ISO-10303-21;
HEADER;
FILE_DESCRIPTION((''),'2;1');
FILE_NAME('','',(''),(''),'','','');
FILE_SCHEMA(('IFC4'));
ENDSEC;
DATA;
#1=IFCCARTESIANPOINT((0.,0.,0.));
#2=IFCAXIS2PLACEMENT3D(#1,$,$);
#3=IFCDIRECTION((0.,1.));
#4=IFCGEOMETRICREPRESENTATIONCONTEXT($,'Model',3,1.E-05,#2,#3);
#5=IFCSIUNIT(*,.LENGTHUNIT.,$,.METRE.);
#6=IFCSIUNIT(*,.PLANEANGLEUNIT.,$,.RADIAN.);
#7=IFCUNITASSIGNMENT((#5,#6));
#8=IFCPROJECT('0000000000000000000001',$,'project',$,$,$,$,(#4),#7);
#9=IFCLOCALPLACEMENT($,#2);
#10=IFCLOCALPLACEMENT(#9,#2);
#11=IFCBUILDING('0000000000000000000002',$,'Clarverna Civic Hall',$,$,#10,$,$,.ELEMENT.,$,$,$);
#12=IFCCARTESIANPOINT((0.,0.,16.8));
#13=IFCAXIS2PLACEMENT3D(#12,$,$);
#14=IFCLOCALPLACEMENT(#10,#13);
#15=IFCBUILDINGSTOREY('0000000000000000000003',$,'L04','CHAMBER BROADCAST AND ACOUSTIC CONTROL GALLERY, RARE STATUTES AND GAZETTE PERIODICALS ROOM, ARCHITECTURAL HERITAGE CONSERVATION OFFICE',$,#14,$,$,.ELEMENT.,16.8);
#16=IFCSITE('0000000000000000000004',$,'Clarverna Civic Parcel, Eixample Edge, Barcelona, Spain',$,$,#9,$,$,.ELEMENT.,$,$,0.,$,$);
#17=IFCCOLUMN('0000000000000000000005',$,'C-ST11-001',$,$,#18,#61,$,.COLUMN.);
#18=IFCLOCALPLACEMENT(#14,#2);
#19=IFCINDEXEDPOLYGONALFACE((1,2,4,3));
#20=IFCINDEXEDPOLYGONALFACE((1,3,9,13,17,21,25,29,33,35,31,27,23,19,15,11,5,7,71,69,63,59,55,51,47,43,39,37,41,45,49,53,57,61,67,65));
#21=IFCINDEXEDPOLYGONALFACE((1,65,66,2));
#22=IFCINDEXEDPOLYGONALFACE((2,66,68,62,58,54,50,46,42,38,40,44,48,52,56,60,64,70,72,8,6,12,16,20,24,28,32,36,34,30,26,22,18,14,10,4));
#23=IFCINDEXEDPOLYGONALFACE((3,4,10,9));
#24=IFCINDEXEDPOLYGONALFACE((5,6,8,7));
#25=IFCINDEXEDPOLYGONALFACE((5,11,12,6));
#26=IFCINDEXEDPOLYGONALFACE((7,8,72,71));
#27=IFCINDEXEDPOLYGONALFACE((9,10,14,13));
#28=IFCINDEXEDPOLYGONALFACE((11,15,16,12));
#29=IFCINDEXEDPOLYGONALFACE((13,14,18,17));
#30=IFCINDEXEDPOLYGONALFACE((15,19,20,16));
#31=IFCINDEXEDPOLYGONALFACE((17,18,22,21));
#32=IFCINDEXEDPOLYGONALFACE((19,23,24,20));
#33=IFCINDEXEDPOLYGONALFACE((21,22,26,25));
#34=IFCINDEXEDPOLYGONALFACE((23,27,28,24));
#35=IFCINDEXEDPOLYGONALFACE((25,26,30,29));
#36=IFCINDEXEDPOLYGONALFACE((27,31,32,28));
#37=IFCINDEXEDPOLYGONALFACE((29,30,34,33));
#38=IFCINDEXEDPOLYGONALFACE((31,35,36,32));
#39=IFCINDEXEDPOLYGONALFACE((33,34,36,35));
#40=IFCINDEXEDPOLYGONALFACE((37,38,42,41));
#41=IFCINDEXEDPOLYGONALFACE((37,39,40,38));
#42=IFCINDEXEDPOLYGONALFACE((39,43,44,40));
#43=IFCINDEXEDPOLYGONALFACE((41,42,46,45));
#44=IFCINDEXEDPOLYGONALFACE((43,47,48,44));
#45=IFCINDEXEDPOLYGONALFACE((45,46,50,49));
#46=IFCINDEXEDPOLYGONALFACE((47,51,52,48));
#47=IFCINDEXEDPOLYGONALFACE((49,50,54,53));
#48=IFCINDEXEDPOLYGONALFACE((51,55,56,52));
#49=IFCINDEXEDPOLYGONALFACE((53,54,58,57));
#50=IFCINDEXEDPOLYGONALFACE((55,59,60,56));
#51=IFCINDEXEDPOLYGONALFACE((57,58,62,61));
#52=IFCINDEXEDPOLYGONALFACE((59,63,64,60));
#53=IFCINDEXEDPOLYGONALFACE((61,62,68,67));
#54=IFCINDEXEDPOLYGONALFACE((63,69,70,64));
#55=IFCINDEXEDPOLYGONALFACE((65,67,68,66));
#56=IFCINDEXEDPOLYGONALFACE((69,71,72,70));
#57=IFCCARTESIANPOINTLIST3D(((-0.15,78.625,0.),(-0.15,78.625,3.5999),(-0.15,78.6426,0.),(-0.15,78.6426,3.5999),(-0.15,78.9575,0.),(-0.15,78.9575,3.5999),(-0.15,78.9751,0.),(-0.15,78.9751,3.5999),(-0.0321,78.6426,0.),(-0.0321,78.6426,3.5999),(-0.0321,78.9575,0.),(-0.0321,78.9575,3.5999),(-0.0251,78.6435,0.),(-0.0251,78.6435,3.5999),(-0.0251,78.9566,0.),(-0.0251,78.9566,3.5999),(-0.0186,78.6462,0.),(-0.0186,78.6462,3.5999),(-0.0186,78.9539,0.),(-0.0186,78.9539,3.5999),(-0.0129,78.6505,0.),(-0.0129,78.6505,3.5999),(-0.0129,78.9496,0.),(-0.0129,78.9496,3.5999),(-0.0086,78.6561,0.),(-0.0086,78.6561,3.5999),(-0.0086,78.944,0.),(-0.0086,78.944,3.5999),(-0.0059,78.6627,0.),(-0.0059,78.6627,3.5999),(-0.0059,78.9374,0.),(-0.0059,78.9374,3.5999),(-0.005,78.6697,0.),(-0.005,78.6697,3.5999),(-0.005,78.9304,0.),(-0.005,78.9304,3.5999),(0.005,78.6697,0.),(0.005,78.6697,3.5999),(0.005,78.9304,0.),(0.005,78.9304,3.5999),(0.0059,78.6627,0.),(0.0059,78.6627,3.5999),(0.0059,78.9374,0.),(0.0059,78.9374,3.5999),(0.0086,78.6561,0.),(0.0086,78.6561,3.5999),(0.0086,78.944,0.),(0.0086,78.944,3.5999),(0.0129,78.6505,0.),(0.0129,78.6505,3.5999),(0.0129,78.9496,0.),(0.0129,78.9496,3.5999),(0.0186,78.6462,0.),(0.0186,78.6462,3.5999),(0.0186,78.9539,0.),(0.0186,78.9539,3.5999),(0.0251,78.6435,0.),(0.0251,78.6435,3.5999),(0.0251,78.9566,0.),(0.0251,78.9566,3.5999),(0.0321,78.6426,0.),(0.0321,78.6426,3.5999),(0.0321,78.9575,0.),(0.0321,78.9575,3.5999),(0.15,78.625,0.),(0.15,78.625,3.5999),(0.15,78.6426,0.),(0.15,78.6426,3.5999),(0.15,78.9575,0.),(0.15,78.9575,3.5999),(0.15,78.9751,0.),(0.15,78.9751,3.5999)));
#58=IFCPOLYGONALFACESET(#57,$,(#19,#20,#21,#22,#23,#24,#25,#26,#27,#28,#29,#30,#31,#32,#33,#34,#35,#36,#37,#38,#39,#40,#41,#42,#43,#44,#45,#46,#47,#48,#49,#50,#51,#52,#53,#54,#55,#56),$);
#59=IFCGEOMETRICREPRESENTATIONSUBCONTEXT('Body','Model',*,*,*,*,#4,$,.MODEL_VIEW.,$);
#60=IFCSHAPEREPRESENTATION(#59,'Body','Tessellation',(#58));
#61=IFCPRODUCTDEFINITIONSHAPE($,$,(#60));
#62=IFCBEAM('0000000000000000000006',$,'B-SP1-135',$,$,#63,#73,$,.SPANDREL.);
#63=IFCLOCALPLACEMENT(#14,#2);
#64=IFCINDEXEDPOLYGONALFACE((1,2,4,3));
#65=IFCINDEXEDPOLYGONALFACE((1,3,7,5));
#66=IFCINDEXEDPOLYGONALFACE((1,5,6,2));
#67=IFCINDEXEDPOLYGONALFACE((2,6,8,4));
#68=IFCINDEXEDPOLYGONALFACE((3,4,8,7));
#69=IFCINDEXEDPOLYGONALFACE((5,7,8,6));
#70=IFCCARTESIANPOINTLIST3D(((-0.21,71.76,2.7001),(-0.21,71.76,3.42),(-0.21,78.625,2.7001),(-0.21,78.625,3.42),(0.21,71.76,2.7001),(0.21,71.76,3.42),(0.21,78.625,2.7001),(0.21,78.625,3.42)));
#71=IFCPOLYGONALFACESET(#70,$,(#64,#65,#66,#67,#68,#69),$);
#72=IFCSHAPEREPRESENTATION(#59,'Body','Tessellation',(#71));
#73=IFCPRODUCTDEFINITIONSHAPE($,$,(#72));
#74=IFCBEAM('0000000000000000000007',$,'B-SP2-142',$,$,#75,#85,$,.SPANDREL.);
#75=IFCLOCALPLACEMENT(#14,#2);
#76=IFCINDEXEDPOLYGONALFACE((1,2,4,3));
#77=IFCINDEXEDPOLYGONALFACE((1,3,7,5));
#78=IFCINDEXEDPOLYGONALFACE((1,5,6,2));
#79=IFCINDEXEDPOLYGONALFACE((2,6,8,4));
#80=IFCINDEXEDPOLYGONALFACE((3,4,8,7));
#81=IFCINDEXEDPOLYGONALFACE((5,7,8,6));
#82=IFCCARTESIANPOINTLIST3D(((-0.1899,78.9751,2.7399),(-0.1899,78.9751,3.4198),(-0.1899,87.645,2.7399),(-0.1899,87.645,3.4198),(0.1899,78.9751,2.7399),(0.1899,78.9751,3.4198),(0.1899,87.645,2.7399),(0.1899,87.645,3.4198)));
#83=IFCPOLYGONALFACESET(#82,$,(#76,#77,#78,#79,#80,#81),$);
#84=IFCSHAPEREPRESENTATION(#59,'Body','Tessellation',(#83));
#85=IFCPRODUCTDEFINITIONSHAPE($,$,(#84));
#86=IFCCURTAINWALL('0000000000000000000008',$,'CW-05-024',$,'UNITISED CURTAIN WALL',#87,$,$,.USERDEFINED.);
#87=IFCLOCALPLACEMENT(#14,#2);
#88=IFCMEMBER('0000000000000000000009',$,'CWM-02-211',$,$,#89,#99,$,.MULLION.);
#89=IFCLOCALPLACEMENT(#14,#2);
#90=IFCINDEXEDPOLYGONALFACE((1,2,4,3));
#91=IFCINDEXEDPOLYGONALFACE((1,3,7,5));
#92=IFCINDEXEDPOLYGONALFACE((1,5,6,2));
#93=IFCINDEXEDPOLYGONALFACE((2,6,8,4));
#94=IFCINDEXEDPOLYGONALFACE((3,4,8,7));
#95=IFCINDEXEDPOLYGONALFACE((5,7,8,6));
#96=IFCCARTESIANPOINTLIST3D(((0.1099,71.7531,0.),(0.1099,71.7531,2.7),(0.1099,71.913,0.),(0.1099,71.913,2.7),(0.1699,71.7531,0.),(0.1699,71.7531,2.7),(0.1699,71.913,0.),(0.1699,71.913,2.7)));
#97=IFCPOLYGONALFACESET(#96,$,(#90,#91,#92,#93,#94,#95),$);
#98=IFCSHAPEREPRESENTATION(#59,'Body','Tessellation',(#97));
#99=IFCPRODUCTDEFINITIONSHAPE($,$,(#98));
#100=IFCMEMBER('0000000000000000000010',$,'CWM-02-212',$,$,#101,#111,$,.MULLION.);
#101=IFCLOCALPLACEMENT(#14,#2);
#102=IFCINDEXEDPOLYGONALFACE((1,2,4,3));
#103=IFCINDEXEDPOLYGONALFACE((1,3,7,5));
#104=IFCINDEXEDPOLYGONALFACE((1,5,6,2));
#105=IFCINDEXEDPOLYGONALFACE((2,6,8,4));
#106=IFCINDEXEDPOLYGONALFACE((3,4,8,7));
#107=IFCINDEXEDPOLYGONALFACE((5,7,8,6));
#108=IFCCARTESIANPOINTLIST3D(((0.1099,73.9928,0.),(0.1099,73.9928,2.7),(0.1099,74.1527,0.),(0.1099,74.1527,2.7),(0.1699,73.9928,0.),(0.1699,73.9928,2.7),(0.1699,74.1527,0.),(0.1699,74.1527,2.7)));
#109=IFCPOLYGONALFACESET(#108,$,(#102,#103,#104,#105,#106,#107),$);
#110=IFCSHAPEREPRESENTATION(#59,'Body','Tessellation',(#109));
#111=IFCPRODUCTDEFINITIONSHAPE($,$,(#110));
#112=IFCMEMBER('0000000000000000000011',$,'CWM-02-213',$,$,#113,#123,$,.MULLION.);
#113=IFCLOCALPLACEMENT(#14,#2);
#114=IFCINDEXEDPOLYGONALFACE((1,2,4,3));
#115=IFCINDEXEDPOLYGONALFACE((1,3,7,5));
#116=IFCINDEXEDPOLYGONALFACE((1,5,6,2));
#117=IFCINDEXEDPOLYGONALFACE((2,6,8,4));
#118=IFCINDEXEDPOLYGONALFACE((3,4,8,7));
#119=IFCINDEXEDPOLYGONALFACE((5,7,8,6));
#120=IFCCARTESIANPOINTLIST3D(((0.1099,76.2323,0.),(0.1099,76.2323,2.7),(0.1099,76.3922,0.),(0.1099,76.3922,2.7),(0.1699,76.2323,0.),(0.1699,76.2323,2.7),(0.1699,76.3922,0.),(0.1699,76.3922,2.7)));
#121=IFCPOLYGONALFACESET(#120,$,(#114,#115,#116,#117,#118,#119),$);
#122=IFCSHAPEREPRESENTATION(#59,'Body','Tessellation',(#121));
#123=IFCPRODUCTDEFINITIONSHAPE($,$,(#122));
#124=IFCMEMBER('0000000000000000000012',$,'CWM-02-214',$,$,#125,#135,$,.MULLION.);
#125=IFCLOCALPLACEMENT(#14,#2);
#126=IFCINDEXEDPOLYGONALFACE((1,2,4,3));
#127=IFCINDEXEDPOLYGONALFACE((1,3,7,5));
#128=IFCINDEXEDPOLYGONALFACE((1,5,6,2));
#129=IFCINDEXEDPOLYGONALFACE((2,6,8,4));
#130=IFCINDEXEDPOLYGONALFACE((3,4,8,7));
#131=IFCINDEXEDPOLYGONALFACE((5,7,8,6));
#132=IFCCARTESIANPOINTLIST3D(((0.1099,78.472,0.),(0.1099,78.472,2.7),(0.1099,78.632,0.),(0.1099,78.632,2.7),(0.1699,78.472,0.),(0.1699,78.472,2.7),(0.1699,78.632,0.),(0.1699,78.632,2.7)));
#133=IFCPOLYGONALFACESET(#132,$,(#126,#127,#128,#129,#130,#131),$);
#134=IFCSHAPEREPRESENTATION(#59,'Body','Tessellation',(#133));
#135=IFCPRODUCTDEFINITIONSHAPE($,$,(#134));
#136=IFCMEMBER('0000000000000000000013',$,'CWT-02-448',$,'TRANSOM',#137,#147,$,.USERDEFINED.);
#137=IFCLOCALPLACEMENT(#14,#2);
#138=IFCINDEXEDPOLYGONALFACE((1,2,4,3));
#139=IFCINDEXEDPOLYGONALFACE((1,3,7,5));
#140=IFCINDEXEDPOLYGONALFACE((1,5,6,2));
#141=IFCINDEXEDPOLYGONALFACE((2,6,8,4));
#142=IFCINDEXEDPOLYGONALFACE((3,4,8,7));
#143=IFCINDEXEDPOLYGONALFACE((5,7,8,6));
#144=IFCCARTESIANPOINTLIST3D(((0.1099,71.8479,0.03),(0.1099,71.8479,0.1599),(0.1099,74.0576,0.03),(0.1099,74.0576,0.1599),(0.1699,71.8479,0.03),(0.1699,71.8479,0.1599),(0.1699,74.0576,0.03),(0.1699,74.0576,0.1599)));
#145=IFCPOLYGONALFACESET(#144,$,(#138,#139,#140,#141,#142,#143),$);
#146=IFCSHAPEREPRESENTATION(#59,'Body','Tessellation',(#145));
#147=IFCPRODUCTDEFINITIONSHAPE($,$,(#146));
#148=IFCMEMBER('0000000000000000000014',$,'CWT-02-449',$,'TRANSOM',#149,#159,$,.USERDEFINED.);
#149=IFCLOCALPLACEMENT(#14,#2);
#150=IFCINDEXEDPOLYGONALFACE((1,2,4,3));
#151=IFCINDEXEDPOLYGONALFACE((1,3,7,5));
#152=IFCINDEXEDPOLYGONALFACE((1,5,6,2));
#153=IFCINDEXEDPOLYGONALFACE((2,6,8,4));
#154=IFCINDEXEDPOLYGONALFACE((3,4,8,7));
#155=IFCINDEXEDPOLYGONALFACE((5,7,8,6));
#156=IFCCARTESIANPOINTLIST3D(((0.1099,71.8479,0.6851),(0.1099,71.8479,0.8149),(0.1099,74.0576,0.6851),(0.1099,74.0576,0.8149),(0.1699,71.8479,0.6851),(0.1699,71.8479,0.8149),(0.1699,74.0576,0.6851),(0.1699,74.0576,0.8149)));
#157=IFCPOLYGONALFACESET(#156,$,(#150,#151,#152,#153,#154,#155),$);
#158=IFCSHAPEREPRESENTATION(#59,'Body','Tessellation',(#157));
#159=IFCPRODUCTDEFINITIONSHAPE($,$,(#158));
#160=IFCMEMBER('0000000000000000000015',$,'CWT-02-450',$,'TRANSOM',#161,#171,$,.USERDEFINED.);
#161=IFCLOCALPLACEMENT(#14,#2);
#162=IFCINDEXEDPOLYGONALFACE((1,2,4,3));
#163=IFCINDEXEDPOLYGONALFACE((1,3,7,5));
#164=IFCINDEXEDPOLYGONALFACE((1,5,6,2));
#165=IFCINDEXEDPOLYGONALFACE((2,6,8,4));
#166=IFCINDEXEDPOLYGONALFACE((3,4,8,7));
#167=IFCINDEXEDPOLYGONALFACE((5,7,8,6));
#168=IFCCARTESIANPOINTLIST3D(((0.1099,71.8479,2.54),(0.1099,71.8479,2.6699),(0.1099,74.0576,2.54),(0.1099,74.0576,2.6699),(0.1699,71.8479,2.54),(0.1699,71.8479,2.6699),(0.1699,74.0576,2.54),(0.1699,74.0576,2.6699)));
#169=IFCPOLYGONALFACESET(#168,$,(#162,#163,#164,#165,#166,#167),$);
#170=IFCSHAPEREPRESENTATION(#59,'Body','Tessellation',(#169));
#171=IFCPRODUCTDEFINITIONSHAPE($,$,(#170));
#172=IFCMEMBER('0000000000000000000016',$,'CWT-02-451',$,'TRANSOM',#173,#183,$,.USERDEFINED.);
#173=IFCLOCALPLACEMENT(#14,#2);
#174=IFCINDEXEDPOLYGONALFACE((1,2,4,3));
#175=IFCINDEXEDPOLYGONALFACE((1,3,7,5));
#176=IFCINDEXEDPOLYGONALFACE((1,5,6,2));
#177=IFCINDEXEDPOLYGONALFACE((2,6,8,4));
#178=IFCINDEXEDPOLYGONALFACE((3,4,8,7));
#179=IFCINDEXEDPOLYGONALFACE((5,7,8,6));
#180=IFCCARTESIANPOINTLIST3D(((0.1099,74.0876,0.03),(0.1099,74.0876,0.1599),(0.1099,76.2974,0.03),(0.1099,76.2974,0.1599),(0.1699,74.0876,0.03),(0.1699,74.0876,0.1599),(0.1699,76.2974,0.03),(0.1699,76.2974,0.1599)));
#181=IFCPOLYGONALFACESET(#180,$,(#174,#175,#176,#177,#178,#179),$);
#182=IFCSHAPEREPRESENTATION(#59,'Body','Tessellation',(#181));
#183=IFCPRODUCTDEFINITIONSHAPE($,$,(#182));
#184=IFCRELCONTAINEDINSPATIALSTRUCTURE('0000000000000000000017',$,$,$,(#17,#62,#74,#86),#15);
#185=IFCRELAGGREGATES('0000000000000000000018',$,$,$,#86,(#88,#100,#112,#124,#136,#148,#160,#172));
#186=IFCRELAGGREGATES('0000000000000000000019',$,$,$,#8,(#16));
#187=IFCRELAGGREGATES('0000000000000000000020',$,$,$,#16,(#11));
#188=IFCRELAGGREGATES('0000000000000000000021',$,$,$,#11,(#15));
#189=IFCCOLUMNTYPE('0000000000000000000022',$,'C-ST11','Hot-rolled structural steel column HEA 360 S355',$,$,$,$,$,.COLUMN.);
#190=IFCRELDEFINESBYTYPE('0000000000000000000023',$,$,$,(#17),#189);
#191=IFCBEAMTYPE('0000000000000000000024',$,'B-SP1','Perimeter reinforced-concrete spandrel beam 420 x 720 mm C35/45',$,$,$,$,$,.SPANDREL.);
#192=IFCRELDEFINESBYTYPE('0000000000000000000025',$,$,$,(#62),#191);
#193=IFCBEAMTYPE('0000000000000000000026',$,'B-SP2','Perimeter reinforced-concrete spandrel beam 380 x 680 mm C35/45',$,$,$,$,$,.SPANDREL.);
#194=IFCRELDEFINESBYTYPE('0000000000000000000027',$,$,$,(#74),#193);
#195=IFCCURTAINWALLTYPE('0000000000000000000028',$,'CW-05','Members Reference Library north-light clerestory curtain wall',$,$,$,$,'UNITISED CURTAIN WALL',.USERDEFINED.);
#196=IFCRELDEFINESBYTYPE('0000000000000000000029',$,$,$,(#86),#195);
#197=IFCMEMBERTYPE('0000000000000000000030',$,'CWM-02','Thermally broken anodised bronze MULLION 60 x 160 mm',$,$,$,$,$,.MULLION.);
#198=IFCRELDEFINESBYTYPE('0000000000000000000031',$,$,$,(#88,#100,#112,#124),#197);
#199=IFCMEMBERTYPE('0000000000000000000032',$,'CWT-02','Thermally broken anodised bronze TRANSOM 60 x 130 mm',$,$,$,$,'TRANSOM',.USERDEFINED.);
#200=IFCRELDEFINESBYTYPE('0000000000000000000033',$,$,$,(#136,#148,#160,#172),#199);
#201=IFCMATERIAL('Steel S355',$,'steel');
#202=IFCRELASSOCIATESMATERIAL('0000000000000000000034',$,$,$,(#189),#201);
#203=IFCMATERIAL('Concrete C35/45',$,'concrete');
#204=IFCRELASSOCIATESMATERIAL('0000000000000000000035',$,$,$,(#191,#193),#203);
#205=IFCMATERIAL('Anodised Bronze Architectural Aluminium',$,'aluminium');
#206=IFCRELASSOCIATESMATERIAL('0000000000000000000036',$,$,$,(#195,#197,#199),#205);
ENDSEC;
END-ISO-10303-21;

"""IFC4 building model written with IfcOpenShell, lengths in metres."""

from ifc_helpers import new_model, si_unit, direction, frame, origin, origin_2d, place, context, subcontext, project, spatial, rectangle, i_section, extrude, material, material_profile, profile_set, type_object, element, aggregate, save


model = new_model("IFC4")

# Units and contexts
model_context = context("Model", 3, precision=1e-05, world=origin(), true_north=direction((0.0, 1.0)))
body_context = subcontext(model_context, "Body", "Model", "MODEL_VIEW")
ifc_project = project(units=[si_unit("LENGTHUNIT", "METRE"), si_unit("PLANEANGLEUNIT", "RADIAN")], contexts=[model_context])

# Site, building, storey
site_placement = place(None, origin())
site = spatial("IfcSite", under=ifc_project, at=site_placement, Name="Clarverna Civic Parcel, Eixample Edge, Barcelona, Spain", CompositionType="ELEMENT", RefElevation=0.0)
building_placement = place(site_placement, origin())
building = spatial("IfcBuilding", under=site, at=building_placement, Name="Clarverna Civic Hall", CompositionType="ELEMENT")
storey_placement = place(building_placement, frame((0.0, 0.0, 16.8)))
storey = spatial("IfcBuildingStorey", under=building, at=storey_placement, Name="L04", Description="CHAMBER BROADCAST AND ACOUSTIC CONTROL GALLERY, RARE STATUTES AND GAZETTE PERIODICALS ROOM, ARCHITECTURAL HERITAGE CONSERVATION OFFICE", CompositionType="ELEMENT", Elevation=16.8)

# Column
ifc_material_1 = material(Name="Steel S355", Category="steel")
ifc_material_profile_1 = material_profile(ifc_material_1, i_section(OverallWidth=0.3, OverallDepth=0.3501, WebThickness=0.01, FlangeThickness=0.0176, FilletRadius=0.0271, at=origin_2d()), Name="HEA 360")
ifc_profile_set_1 = profile_set([ifc_material_profile_1], Name="Steel S355")
column_type = type_object("IfcColumnType", Name="C-ST11", Description="Hot-rolled structural steel column HEA 360 S355", PredefinedType="COLUMN", material=ifc_profile_set_1)
column_placement = place(storey_placement, frame((0.0, 78.8, 0.0), z_axis=(0.0, 0.0, 1.0), x_axis=(1.0, 0.0, 0.0)))
element("IfcColumn", 1, at=column_placement, inside=storey, type_object=column_type, Name="C-ST11-001", PredefinedType="COLUMN", context=body_context, shape_type="SweptSolid", body=[
    extrude(i_section(OverallWidth=0.3, OverallDepth=0.3501, WebThickness=0.01, FlangeThickness=0.0176, FilletRadius=0.0271, at=origin_2d()), origin(), (0.0, 0.0, 1.0), 3.5999),
])

# Beams
ifc_material_2 = material(Name="Concrete C35/45", Category="concrete")
ifc_material_profile_2 = material_profile(ifc_material_2, rectangle(XDim=0.4199, YDim=0.72, at=origin_2d()), Name="RC 420x720")
ifc_profile_set_2 = profile_set([ifc_material_profile_2], Name="Concrete C35/45")
beam_type_1 = type_object("IfcBeamType", Name="B-SP1", Description="Perimeter reinforced-concrete spandrel beam 420 x 720 mm C35/45", PredefinedType="SPANDREL", material=ifc_profile_set_2)
beam_1_placement = place(storey_placement, frame((0.0, 71.76, 3.0601), z_axis=(0.0, 1.0, 0.0), x_axis=(-1.0, 0.0, 0.0)))
element("IfcBeam", 2, at=beam_1_placement, inside=storey, type_object=beam_type_1, Name="B-SP1-135", PredefinedType="SPANDREL", context=body_context, shape_type="SweptSolid", body=[
    extrude(rectangle(XDim=0.4199, YDim=0.72, at=origin_2d()), origin(), (0.0, 0.0, 1.0), 6.865),
])
ifc_material_profile_3 = material_profile(ifc_material_2, rectangle(XDim=0.3799, YDim=0.6799, at=origin_2d()), Name="RC 380x680")
ifc_profile_set_3 = profile_set([ifc_material_profile_3], Name="Concrete C35/45")
beam_type_2 = type_object("IfcBeamType", Name="B-SP2", Description="Perimeter reinforced-concrete spandrel beam 380 x 680 mm C35/45", PredefinedType="SPANDREL", material=ifc_profile_set_3)
beam_2_placement = place(storey_placement, frame((0.0, 78.9751, 3.0798), z_axis=(0.0, 1.0, 0.0), x_axis=(-1.0, 0.0, 0.0)))
element("IfcBeam", 3, at=beam_2_placement, inside=storey, type_object=beam_type_2, Name="B-SP2-142", PredefinedType="SPANDREL", context=body_context, shape_type="SweptSolid", body=[
    extrude(rectangle(XDim=0.3799, YDim=0.6799, at=origin_2d()), origin(), (0.0, 0.0, 1.0), 8.6699),
])

# Curtain wall, members
ifc_material_3 = material(Name="Anodised Bronze Architectural Aluminium", Category="aluminium")
curtain_wall_type = type_object("IfcCurtainWallType", Name="CW-05", Description="Members Reference Library north-light clerestory curtain wall", ElementType="UNITISED CURTAIN WALL", PredefinedType="USERDEFINED", material=ifc_material_3)
curtain_wall_placement = place(storey_placement, origin())
curtain_wall = element("IfcCurtainWall", 4, at=curtain_wall_placement, inside=storey, type_object=curtain_wall_type, Name="CW-05-024", ObjectType="UNITISED CURTAIN WALL", PredefinedType="USERDEFINED")
ifc_material_profile_4 = material_profile(ifc_material_3, rectangle(XDim=0.0601, YDim=0.1599, at=origin_2d()), Name="BRONZE 60x160")
ifc_profile_set_4 = profile_set([ifc_material_profile_4], Name="Anodised Bronze Architectural Aluminium")
member_type_1 = type_object("IfcMemberType", Name="CWM-02", Description="Thermally broken anodised bronze MULLION 60 x 160 mm", PredefinedType="MULLION", material=ifc_profile_set_4)
member_1_placement = place(storey_placement, frame((0.1399, 71.833, 0.0), z_axis=(0.0, 0.0, 1.0), x_axis=(1.0, 0.0, 0.0)))
member_1 = element("IfcMember", 5, at=member_1_placement, type_object=member_type_1, Name="CWM-02-211", PredefinedType="MULLION", context=body_context, shape_type="SweptSolid", body=[
    extrude(rectangle(XDim=0.0601, YDim=0.1599, at=origin_2d()), origin(), (0.0, 0.0, 1.0), 2.7),
])
member_2_placement = place(storey_placement, frame((0.1399, 74.0728, 0.0), z_axis=(0.0, 0.0, 1.0), x_axis=(1.0, 0.0, 0.0)))
member_2 = element("IfcMember", 6, at=member_2_placement, type_object=member_type_1, Name="CWM-02-212", PredefinedType="MULLION", context=body_context, shape_type="SweptSolid", body=[
    extrude(rectangle(XDim=0.0601, YDim=0.1599, at=origin_2d()), origin(), (0.0, 0.0, 1.0), 2.7),
])
member_3_placement = place(storey_placement, frame((0.1399, 76.3123, 0.0), z_axis=(0.0, 0.0, 1.0), x_axis=(1.0, 0.0, 0.0)))
member_3 = element("IfcMember", 7, at=member_3_placement, type_object=member_type_1, Name="CWM-02-213", PredefinedType="MULLION", context=body_context, shape_type="SweptSolid", body=[
    extrude(rectangle(XDim=0.0601, YDim=0.1599, at=origin_2d()), origin(), (0.0, 0.0, 1.0), 2.7),
])
member_4_placement = place(storey_placement, frame((0.1399, 78.552, 0.0), z_axis=(0.0, 0.0, 1.0), x_axis=(1.0, 0.0, 0.0)))
member_4 = element("IfcMember", 8, at=member_4_placement, type_object=member_type_1, Name="CWM-02-214", PredefinedType="MULLION", context=body_context, shape_type="SweptSolid", body=[
    extrude(rectangle(XDim=0.0601, YDim=0.1599, at=origin_2d()), origin(), (0.0, 0.0, 1.0), 2.7),
])
ifc_material_profile_5 = material_profile(ifc_material_3, rectangle(XDim=0.0601, YDim=0.1299, at=origin_2d()), Name="BRONZE 60x130")
ifc_profile_set_5 = profile_set([ifc_material_profile_5], Name="Anodised Bronze Architectural Aluminium")
member_type_2 = type_object("IfcMemberType", Name="CWT-02", Description="Thermally broken anodised bronze TRANSOM 60 x 130 mm", ElementType="TRANSOM", PredefinedType="USERDEFINED", material=ifc_profile_set_5)
member_5_placement = place(storey_placement, frame((0.1399, 71.8479, 0.095), z_axis=(0.0, 1.0, 0.0), x_axis=(-1.0, 0.0, 0.0)))
member_5 = element("IfcMember", 9, at=member_5_placement, type_object=member_type_2, Name="CWT-02-448", ObjectType="TRANSOM", PredefinedType="USERDEFINED", context=body_context, shape_type="SweptSolid", body=[
    extrude(rectangle(XDim=0.0601, YDim=0.1299, at=origin_2d()), origin(), (0.0, 0.0, 1.0), 2.2097),
])
member_6_placement = place(storey_placement, frame((0.1399, 71.8479, 0.75), z_axis=(0.0, 1.0, 0.0), x_axis=(-1.0, 0.0, 0.0)))
member_6 = element("IfcMember", 10, at=member_6_placement, type_object=member_type_2, Name="CWT-02-449", ObjectType="TRANSOM", PredefinedType="USERDEFINED", context=body_context, shape_type="SweptSolid", body=[
    extrude(rectangle(XDim=0.0601, YDim=0.1299, at=origin_2d()), origin(), (0.0, 0.0, 1.0), 2.2097),
])
member_7_placement = place(storey_placement, frame((0.1399, 71.8479, 2.605), z_axis=(0.0, 1.0, 0.0), x_axis=(-1.0, 0.0, 0.0)))
member_7 = element("IfcMember", 11, at=member_7_placement, type_object=member_type_2, Name="CWT-02-450", ObjectType="TRANSOM", PredefinedType="USERDEFINED", context=body_context, shape_type="SweptSolid", body=[
    extrude(rectangle(XDim=0.0601, YDim=0.1299, at=origin_2d()), origin(), (0.0, 0.0, 1.0), 2.2097),
])
member_8_placement = place(storey_placement, frame((0.1399, 74.0876, 0.095), z_axis=(0.0, 1.0, 0.0), x_axis=(-1.0, 0.0, 0.0)))
member_8 = element("IfcMember", 12, at=member_8_placement, type_object=member_type_2, Name="CWT-02-451", ObjectType="TRANSOM", PredefinedType="USERDEFINED", context=body_context, shape_type="SweptSolid", body=[
    extrude(rectangle(XDim=0.0601, YDim=0.1299, at=origin_2d()), origin(), (0.0, 0.0, 1.0), 2.2097),
])
aggregate(curtain_wall, [member_1, member_2, member_3, member_4, member_5, member_6, member_7, member_8])

save(model, "model.ifc")
